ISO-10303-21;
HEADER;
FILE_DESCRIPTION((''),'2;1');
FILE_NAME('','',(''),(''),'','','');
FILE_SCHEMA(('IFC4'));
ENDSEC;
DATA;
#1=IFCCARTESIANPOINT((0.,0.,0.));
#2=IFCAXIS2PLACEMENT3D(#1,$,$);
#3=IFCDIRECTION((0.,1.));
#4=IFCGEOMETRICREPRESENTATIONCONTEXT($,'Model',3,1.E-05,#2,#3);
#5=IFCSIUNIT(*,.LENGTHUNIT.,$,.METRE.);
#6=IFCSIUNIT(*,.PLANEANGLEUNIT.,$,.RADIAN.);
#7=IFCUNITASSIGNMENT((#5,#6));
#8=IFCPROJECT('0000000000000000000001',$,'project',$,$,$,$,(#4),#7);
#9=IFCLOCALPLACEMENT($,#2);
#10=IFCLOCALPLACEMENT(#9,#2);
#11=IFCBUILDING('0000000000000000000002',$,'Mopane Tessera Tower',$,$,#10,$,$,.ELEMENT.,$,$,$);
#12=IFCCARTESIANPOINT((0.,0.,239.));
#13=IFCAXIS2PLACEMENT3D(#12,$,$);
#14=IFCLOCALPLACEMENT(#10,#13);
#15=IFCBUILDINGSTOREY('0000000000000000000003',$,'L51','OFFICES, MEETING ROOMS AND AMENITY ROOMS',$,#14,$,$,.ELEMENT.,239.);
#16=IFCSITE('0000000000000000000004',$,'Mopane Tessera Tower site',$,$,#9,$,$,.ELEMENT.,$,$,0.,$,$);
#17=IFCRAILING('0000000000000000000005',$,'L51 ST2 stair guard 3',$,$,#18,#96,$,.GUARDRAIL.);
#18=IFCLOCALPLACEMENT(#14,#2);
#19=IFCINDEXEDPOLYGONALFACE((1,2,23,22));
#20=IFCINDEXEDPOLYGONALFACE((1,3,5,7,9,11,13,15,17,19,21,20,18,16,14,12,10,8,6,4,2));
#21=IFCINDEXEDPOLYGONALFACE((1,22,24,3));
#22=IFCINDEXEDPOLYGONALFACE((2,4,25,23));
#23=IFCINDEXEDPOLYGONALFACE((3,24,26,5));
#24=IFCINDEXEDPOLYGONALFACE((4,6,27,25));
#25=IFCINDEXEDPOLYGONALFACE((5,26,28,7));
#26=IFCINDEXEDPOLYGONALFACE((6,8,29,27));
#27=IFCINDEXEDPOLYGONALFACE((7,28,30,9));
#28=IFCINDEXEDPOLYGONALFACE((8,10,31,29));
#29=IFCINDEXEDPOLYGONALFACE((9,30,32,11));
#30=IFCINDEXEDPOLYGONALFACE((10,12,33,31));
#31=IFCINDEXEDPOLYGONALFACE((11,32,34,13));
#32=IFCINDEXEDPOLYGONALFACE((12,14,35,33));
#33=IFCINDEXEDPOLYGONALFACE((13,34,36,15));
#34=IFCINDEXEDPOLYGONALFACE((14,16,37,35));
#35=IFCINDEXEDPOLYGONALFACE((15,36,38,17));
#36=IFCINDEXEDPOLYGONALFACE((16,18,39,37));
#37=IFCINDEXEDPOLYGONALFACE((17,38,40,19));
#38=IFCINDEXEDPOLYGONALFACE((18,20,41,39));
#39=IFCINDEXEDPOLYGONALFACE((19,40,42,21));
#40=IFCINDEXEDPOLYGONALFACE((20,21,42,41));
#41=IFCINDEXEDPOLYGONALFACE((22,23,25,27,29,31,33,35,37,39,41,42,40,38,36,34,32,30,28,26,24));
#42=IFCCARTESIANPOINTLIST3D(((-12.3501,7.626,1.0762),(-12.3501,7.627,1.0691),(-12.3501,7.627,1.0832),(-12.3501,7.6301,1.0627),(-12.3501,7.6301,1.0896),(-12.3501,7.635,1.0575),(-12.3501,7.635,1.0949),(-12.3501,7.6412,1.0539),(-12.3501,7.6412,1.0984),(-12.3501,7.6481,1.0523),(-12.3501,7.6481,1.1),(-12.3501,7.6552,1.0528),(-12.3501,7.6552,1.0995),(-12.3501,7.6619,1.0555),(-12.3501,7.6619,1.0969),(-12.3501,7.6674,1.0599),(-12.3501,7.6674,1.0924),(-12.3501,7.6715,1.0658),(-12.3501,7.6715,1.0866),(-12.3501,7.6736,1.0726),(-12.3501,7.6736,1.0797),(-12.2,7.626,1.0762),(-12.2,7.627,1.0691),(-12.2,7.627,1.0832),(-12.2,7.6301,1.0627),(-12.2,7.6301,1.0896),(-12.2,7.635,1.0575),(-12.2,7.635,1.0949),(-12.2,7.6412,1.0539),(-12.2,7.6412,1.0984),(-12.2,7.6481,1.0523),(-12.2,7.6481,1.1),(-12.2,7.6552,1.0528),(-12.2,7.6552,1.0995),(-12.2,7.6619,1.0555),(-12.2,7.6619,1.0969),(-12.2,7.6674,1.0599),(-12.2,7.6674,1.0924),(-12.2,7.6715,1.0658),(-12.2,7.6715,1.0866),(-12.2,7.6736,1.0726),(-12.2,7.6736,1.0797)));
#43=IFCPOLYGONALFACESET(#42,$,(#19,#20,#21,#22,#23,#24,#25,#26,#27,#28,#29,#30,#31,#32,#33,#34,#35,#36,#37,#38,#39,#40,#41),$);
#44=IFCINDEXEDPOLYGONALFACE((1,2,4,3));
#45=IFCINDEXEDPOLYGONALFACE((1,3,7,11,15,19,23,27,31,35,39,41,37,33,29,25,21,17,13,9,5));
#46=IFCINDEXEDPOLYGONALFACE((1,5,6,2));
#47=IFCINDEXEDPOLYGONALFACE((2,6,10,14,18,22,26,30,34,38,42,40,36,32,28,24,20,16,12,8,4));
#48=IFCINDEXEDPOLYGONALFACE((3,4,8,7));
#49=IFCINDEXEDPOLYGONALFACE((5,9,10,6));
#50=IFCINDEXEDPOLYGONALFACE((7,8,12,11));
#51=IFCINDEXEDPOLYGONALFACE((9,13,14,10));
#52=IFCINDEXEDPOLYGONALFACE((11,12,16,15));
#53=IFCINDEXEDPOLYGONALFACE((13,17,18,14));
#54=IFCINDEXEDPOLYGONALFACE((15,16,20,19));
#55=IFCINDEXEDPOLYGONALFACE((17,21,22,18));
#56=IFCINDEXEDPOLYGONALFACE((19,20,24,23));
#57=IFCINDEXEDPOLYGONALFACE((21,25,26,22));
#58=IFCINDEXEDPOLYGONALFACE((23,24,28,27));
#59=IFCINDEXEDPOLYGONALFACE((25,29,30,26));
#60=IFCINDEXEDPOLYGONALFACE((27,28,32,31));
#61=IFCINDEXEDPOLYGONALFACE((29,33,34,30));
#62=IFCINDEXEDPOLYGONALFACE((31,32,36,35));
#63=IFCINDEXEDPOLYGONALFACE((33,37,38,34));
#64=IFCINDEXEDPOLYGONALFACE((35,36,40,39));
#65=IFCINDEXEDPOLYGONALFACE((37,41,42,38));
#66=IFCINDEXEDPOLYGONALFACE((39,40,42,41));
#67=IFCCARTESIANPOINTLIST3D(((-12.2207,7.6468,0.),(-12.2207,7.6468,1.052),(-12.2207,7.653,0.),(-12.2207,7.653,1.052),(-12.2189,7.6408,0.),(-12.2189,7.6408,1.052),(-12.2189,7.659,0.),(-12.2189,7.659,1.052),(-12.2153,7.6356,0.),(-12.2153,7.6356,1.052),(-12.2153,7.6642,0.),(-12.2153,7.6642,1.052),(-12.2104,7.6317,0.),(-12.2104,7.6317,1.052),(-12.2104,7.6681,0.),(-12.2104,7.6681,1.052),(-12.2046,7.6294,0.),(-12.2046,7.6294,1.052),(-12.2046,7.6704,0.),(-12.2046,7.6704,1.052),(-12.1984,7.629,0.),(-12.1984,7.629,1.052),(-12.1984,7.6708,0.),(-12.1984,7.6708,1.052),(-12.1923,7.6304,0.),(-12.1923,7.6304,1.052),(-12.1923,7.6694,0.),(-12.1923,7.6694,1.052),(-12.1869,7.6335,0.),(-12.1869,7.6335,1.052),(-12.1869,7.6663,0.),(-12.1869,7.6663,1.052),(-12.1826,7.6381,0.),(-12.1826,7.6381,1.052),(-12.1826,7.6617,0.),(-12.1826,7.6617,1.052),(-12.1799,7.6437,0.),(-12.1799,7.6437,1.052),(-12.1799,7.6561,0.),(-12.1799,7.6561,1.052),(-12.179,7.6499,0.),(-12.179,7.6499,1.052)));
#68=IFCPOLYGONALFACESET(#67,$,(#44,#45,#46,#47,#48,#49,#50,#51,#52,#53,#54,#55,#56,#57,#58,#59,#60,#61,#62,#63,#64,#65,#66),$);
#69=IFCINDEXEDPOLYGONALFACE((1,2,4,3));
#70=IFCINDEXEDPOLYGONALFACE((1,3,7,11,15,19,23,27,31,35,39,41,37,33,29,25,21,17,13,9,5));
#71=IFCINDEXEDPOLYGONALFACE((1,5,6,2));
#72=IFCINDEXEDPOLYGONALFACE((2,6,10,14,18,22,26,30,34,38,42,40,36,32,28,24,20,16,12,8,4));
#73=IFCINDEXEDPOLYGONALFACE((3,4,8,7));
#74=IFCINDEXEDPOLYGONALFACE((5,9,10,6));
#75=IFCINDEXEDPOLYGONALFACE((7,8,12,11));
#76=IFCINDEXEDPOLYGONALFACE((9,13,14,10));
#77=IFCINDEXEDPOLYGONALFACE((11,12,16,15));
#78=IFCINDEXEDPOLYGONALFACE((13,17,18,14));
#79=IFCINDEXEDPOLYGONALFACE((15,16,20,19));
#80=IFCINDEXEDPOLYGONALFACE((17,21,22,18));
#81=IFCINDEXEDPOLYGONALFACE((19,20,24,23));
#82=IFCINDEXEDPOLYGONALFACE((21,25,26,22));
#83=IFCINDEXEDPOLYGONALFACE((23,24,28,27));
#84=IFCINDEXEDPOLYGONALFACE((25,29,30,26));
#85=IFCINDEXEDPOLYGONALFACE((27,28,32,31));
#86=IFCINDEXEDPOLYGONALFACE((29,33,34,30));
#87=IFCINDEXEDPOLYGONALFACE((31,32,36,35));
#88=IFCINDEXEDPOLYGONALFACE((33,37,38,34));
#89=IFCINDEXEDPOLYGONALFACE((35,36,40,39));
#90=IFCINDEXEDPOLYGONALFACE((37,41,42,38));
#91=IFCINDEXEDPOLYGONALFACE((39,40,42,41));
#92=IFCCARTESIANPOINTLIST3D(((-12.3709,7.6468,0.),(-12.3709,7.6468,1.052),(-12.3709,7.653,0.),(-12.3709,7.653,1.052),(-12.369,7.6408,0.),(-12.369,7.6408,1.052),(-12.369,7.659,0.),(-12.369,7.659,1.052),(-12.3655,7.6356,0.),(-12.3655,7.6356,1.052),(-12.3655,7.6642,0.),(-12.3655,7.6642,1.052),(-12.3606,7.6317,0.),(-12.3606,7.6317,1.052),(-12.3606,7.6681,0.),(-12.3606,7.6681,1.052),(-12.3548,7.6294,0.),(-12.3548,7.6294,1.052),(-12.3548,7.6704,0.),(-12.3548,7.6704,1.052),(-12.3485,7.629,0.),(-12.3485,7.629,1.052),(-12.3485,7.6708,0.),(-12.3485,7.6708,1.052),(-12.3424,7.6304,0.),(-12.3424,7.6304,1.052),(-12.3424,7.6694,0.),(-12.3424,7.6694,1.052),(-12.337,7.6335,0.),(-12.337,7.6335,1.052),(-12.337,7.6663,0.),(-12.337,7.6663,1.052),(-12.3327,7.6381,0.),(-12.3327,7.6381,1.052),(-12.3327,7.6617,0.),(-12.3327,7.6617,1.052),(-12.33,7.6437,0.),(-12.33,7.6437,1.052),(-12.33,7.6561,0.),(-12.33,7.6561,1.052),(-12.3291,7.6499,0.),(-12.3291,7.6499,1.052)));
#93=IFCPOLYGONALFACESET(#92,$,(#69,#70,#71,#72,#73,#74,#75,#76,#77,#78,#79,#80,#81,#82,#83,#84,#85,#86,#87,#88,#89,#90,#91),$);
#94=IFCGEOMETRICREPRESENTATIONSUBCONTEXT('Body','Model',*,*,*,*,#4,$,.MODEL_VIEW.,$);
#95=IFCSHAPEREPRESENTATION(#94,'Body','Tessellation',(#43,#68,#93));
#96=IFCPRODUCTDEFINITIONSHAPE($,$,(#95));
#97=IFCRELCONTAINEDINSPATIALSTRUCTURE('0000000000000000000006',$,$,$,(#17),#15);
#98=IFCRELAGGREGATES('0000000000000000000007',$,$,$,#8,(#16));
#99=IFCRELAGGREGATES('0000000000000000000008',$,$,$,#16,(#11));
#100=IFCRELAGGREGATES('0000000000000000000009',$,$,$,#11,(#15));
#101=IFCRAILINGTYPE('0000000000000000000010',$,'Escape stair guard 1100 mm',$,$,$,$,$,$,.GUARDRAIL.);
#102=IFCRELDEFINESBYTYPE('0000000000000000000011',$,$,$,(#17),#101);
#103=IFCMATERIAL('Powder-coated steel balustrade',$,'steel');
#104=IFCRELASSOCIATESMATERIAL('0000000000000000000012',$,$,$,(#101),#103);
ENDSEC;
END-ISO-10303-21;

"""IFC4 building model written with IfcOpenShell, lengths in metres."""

from ifc_helpers import new_model, si_unit, direction, frame, origin, origin_2d, place, context, subcontext, project, spatial, circle, extrude, material, type_object, element, save


model = new_model("IFC4")

# Units and contexts
model_context = context("Model", 3, precision=1e-05, world=origin(), true_north=direction((0.0, 1.0)))
body_context = subcontext(model_context, "Body", "Model", "MODEL_VIEW")
ifc_project = project(units=[si_unit("LENGTHUNIT", "METRE"), si_unit("PLANEANGLEUNIT", "RADIAN")], contexts=[model_context])

# Site, building, storey
site_placement = place(None, origin())
site = spatial("IfcSite", under=ifc_project, at=site_placement, Name="Mopane Tessera Tower site", CompositionType="ELEMENT", RefElevation=0.0)
building_placement = place(site_placement, origin())
building = spatial("IfcBuilding", under=site, at=building_placement, Name="Mopane Tessera Tower", CompositionType="ELEMENT")
storey_placement = place(building_placement, frame((0.0, 0.0, 239.0)))
storey = spatial("IfcBuildingStorey", under=building, at=storey_placement, Name="L51", Description="OFFICES, MEETING ROOMS AND AMENITY ROOMS", CompositionType="ELEMENT", Elevation=239.0)

# Railing
ifc_material_1 = material(Name="Powder-coated steel balustrade", Category="steel")
railing_type_1 = type_object("IfcRailingType", Name="Escape stair guard 1100 mm", PredefinedType="GUARDRAIL", material=ifc_material_1)
railing_1_placement = place(storey_placement, frame((-12.2, 7.6499, 0.0)))
element("IfcRailing", 1, at=railing_1_placement, inside=storey, type_object=railing_type_1, Name="L51 ST2 stair guard 3", PredefinedType="GUARDRAIL", context=body_context, shape_type="SweptSolid", body=[
    extrude(circle(Radius=0.0239, at=origin_2d()), frame((0.0, 0.0, 1.0762), z_axis=(-1.0, 0.0, 0.0), x_axis=(0.0, -1.0, 0.0)), (0.0, 0.0, 1.0), 0.1501),
    extrude(circle(Radius=0.021, at=origin_2d()), origin(), (0.0, 0.0, 1.0), 1.052),
    extrude(circle(Radius=0.021, at=origin_2d()), frame((-0.1501, 0.0, 0.0)), (0.0, 0.0, 1.0), 1.052),
])

save(model, "model.ifc")
